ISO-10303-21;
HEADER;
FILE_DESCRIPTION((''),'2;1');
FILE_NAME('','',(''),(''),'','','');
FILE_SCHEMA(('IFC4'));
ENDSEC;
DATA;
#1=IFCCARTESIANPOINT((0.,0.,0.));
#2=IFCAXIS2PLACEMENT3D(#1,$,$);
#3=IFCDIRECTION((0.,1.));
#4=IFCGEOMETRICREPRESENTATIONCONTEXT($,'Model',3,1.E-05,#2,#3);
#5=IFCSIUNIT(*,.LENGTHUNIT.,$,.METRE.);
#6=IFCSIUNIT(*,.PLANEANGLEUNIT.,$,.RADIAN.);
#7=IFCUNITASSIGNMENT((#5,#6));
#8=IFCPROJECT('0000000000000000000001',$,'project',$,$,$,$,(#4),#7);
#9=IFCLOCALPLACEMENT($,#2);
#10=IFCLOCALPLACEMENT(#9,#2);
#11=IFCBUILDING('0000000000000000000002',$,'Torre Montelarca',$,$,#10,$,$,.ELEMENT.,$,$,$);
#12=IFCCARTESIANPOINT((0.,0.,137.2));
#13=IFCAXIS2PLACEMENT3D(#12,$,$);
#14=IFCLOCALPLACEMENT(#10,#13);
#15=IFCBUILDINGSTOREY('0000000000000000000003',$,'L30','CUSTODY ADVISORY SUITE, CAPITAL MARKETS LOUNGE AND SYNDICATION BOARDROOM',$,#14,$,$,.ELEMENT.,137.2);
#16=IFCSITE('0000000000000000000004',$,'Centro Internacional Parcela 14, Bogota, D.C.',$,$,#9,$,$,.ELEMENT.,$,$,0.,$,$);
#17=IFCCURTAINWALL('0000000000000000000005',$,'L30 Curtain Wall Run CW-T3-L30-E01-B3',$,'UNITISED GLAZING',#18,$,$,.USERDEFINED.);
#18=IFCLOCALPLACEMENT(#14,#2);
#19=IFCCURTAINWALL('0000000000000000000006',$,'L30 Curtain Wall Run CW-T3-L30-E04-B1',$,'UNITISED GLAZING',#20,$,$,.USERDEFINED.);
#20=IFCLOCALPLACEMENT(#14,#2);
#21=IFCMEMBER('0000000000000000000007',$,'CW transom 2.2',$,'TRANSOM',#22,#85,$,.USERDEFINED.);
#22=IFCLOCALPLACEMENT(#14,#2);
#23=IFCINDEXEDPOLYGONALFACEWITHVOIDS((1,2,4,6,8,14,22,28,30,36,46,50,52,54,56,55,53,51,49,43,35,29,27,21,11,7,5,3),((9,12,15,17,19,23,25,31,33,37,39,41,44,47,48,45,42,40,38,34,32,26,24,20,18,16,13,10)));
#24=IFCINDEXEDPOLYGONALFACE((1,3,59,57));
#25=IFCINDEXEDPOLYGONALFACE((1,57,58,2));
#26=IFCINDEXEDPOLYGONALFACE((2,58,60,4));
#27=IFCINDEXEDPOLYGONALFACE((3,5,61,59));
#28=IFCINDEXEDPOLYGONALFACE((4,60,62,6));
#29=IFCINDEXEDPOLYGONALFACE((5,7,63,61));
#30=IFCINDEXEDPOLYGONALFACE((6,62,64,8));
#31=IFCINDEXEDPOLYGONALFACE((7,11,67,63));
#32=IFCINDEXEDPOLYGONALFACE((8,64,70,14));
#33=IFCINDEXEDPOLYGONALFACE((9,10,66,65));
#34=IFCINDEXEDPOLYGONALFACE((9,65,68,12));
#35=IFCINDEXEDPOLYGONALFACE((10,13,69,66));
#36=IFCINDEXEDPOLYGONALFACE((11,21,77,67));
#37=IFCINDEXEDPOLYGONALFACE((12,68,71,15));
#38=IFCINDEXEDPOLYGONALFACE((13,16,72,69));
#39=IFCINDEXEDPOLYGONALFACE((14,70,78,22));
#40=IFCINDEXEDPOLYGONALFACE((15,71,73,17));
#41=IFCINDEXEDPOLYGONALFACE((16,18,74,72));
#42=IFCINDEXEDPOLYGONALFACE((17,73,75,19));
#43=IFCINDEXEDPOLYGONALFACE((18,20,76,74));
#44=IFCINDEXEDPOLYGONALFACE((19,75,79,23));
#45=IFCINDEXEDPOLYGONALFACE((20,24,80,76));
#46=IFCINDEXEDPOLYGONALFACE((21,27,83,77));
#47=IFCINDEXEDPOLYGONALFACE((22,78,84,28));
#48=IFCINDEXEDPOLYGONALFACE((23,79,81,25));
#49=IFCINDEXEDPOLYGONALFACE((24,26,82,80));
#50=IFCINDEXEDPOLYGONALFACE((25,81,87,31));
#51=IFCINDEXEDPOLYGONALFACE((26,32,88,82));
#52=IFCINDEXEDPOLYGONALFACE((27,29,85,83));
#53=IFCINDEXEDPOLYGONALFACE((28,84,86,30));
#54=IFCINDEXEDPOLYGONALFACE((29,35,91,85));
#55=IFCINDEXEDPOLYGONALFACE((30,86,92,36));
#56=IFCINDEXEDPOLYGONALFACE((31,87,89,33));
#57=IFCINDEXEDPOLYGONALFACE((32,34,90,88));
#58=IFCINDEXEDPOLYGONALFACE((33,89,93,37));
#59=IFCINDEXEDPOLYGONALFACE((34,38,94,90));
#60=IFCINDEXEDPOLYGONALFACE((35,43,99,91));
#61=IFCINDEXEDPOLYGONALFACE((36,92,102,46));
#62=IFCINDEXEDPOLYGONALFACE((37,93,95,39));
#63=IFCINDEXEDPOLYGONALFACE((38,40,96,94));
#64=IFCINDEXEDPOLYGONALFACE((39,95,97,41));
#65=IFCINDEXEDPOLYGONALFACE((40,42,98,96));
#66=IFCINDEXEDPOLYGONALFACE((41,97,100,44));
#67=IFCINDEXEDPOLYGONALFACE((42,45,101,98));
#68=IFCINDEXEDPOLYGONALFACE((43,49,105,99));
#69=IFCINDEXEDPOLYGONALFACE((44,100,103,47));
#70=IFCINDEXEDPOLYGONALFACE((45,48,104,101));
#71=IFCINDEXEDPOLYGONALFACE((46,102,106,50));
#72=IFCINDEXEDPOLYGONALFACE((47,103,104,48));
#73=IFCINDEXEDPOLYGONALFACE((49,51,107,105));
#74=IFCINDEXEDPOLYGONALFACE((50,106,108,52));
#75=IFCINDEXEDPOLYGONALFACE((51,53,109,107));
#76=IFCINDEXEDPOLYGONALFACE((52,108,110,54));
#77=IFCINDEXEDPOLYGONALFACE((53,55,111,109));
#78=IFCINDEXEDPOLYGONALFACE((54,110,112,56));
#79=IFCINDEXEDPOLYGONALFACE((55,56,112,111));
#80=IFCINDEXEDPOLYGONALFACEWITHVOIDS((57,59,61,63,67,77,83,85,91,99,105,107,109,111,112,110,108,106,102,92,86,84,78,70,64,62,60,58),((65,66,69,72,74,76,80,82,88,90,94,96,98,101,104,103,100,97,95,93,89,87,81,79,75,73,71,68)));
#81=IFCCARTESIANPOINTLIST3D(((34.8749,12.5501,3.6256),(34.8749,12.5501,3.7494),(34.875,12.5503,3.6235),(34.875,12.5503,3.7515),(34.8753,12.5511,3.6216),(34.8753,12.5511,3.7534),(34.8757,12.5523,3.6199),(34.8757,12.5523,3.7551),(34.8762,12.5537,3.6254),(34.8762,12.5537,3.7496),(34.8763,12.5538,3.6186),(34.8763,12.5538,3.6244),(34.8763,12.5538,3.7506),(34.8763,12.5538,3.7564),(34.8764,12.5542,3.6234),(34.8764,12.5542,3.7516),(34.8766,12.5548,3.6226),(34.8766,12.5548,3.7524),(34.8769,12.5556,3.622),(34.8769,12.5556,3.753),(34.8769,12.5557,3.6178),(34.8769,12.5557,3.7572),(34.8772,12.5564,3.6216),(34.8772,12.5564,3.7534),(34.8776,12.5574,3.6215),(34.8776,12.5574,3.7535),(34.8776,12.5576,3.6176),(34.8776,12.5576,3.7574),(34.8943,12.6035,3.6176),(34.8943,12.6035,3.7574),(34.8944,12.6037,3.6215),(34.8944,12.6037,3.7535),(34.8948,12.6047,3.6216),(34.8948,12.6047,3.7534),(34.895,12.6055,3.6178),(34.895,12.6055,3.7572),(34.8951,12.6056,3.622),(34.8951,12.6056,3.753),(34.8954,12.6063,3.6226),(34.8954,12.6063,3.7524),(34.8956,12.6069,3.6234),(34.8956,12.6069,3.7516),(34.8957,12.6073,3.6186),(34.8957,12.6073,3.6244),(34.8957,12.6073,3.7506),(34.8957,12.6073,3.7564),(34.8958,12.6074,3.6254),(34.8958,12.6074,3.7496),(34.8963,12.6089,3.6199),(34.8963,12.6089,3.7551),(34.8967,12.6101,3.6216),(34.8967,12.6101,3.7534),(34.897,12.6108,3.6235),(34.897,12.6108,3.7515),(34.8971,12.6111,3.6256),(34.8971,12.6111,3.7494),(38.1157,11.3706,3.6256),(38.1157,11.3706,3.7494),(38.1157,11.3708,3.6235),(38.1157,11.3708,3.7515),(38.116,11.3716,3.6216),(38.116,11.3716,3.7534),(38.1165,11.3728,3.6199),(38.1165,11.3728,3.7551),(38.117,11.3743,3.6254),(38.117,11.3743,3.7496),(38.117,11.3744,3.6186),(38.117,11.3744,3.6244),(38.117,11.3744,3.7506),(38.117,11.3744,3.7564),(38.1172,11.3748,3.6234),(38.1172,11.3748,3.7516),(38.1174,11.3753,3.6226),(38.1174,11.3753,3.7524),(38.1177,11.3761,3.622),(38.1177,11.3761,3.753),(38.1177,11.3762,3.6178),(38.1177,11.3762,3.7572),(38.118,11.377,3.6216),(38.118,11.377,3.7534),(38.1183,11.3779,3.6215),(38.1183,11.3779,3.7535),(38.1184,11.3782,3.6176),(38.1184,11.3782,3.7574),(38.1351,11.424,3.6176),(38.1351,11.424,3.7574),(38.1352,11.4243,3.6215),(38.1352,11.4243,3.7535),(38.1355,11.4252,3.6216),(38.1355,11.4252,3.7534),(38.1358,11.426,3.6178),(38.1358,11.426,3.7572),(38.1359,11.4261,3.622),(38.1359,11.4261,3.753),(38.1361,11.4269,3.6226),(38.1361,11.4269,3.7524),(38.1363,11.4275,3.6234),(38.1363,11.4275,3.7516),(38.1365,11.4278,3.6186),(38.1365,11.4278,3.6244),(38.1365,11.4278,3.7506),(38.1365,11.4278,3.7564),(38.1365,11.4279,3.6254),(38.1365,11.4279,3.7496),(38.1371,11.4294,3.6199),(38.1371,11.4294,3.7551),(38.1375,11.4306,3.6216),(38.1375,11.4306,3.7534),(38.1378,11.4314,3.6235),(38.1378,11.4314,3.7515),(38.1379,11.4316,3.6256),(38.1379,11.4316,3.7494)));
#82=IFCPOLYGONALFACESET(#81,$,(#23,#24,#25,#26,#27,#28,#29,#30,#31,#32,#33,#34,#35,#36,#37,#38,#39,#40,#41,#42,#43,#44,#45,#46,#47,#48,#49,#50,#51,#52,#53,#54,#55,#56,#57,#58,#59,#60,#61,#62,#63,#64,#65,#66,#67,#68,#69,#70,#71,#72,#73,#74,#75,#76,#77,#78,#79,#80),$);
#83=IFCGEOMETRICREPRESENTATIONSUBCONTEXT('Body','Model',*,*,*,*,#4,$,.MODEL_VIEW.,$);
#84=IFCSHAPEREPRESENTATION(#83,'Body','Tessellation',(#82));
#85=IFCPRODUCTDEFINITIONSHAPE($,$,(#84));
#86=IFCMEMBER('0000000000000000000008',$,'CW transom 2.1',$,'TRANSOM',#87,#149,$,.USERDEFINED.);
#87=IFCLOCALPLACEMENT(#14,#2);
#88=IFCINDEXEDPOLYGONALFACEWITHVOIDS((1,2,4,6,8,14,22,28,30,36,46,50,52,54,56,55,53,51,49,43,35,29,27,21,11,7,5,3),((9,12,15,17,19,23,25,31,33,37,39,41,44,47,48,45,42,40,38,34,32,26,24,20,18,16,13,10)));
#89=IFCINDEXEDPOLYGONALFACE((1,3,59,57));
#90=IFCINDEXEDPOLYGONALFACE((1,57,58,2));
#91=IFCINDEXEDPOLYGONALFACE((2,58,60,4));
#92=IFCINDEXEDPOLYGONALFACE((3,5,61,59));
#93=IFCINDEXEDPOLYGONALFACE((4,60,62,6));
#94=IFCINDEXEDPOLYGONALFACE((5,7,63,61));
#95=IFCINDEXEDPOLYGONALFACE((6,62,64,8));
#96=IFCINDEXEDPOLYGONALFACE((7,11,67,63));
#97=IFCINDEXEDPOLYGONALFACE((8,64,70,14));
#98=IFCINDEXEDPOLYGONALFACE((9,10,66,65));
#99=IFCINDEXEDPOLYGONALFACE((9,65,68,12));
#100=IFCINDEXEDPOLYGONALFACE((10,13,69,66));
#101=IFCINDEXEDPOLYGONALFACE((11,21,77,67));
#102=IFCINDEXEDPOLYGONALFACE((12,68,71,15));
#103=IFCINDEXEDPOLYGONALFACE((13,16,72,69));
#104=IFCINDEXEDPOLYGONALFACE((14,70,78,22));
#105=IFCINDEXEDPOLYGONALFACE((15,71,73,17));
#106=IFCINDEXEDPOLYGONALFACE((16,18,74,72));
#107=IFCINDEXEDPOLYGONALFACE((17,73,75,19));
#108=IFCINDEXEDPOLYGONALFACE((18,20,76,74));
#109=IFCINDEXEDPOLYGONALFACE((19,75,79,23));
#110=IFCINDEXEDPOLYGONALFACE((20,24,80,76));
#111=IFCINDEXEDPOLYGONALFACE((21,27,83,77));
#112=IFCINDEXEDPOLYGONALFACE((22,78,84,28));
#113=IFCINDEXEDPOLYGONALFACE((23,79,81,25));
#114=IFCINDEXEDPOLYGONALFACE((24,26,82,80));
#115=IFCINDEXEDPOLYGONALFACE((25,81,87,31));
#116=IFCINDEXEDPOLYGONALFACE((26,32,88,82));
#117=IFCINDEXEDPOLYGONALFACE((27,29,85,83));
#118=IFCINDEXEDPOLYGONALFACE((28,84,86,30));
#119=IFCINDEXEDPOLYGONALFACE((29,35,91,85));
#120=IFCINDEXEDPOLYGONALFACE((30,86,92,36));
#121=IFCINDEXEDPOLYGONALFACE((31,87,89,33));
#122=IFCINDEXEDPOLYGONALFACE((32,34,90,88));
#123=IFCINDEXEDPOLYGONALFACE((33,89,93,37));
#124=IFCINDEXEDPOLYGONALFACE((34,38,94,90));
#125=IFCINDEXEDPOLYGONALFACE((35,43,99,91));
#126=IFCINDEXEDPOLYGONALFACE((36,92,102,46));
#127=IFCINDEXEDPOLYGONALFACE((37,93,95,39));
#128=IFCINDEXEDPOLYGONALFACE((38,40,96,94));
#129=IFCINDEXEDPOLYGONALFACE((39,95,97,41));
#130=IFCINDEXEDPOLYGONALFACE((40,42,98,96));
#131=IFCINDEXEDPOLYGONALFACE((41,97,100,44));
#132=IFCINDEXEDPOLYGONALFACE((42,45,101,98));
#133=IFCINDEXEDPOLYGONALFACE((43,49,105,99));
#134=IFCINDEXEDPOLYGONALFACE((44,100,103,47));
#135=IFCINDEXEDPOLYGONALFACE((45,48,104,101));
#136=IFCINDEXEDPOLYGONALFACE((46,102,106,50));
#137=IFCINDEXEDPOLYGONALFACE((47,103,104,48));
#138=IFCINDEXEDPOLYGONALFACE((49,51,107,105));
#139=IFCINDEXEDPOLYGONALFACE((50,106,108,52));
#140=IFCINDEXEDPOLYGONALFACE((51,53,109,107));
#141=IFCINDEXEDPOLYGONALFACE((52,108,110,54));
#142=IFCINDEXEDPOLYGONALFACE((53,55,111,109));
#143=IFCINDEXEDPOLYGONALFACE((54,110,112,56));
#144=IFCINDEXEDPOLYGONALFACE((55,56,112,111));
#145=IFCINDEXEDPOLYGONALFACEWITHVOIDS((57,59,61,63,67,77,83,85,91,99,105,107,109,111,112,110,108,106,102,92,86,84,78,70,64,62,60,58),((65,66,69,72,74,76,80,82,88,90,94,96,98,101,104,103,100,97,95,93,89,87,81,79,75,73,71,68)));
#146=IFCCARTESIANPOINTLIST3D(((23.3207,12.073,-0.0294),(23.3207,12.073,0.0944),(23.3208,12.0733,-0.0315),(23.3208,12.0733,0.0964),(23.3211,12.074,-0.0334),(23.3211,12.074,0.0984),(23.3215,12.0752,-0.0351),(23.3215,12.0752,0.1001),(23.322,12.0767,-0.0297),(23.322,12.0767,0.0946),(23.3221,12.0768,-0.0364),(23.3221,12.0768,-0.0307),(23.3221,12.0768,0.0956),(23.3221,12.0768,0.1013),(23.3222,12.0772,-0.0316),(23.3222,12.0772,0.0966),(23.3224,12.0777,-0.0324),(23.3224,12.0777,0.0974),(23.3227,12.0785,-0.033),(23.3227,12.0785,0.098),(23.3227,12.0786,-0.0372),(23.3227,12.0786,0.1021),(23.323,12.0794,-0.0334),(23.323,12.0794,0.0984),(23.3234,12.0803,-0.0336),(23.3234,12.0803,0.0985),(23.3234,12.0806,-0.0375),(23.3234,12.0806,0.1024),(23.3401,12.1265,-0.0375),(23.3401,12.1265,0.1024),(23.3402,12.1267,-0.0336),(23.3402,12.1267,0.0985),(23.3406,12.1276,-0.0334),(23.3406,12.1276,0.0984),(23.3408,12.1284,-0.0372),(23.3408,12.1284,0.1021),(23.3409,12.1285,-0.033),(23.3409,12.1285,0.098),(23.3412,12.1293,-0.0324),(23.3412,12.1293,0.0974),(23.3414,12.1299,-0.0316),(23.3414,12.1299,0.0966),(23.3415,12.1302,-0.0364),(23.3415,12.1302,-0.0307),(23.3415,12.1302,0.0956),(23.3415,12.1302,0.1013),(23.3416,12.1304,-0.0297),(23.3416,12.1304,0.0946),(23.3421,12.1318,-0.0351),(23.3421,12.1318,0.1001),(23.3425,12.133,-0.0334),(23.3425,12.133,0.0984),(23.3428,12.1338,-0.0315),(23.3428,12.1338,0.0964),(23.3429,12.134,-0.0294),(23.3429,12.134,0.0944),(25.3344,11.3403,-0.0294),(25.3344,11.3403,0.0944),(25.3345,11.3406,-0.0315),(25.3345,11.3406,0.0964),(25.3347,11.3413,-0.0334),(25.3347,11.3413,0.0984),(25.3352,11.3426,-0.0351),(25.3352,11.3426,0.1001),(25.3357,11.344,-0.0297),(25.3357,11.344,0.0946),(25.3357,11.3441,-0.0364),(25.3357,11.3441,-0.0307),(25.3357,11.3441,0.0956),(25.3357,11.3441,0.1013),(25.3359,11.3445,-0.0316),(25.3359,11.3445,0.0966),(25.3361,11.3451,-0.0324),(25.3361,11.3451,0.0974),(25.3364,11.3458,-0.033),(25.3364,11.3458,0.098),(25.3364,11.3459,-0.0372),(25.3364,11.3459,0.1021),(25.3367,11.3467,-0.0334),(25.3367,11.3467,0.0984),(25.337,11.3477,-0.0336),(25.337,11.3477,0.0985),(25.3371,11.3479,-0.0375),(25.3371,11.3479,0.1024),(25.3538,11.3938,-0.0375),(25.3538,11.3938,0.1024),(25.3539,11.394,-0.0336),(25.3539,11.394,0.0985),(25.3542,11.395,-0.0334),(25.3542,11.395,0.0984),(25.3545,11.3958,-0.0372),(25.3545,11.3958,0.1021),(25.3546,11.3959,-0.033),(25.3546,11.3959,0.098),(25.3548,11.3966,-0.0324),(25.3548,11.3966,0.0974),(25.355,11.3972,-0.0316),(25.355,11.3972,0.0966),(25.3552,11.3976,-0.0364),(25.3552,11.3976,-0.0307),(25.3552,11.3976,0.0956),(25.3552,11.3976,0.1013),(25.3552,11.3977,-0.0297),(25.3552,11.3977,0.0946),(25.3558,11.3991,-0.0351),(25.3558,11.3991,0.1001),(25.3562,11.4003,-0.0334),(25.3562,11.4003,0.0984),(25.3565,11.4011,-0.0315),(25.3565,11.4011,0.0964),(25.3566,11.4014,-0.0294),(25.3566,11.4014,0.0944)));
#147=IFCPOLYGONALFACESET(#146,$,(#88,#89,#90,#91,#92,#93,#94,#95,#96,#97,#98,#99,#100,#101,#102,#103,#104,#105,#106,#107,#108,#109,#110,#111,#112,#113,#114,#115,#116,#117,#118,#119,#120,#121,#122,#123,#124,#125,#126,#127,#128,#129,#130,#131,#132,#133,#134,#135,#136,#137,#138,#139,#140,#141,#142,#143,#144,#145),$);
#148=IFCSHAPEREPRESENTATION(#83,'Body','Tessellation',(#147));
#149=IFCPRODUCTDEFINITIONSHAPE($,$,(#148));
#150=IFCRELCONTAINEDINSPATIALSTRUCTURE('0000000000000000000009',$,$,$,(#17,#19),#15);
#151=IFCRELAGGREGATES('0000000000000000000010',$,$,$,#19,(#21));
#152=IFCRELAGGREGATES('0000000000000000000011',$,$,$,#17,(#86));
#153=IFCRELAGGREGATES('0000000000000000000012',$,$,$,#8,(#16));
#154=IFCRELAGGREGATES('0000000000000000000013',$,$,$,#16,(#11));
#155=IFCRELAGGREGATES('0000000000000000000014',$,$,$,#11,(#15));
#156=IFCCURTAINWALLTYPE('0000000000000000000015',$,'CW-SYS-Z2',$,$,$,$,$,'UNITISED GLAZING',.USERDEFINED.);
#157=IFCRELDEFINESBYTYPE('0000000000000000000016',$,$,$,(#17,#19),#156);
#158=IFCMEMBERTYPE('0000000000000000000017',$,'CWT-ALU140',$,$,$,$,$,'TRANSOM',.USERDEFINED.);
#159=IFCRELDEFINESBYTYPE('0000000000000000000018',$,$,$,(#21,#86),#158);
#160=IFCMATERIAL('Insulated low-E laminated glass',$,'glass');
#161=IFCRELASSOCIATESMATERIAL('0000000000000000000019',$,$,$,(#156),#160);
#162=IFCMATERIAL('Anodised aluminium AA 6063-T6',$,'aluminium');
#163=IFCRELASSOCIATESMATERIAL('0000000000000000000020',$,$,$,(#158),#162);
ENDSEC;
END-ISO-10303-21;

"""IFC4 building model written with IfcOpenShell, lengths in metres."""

from ifc_helpers import new_model, si_unit, direction, frame, origin, origin_2d, place, context, subcontext, project, spatial, hollow_rectangle, extrude, source, transform, mapped, material, material_profile, profile_set, type_object, element, aggregate, save


model = new_model("IFC4")

# Units and contexts
model_context = context("Model", 3, precision=1e-05, world=origin(), true_north=direction((0.0, 1.0)))
body_context = subcontext(model_context, "Body", "Model", "MODEL_VIEW")
ifc_project = project(units=[si_unit("LENGTHUNIT", "METRE"), si_unit("PLANEANGLEUNIT", "RADIAN")], contexts=[model_context])

# Site, building, storey
site_placement = place(None, origin())
site = spatial("IfcSite", under=ifc_project, at=site_placement, Name="Centro Internacional Parcela 14, Bogota, D.C.", CompositionType="ELEMENT", RefElevation=0.0)
building_placement = place(site_placement, origin())
building = spatial("IfcBuilding", under=site, at=building_placement, Name="Torre Montelarca", CompositionType="ELEMENT")
storey_placement = place(building_placement, frame((0.0, 0.0, 137.2)))
storey = spatial("IfcBuildingStorey", under=building, at=storey_placement, Name="L30", Description="CUSTODY ADVISORY SUITE, CAPITAL MARKETS LOUNGE AND SYNDICATION BOARDROOM", CompositionType="ELEMENT", Elevation=137.2)

# Shared definitions
ifc_material_1 = material(Name="Insulated low-E laminated glass", Category="glass")
curtain_wall_type = type_object("IfcCurtainWallType", Name="CW-SYS-Z2", ElementType="UNITISED GLAZING", PredefinedType="USERDEFINED", material=ifc_material_1)
ifc_material_2 = material(Name="Anodised aluminium AA 6063-T6", Category="aluminium")
ifc_material_profile_1 = material_profile(ifc_material_2, hollow_rectangle(XDim=0.0649, YDim=0.1399, WallThickness=0.0039, InnerFilletRadius=0.0039, OuterFilletRadius=0.0081, at=origin_2d()), Name="ALU65X140X4", Category="aluminium")
ifc_profile_set_1 = profile_set([ifc_material_profile_1], Name="Anodised aluminium AA 6063-T6")
member_type_1 = type_object("IfcMemberType", Name="CWT-ALU140", ElementType="TRANSOM", PredefinedType="USERDEFINED", material=ifc_profile_set_1)

# Curtain wall
curtain_wall_1_placement = place(storey_placement, origin())
curtain_wall_1 = element("IfcCurtainWall", 1, at=curtain_wall_1_placement, inside=storey, type_object=curtain_wall_type, Name="L30 Curtain Wall Run CW-T3-L30-E01-B3", ObjectType="UNITISED GLAZING", PredefinedType="USERDEFINED")

# Curtain wall, member
curtain_wall_2_placement = place(storey_placement, origin())
curtain_wall_2 = element("IfcCurtainWall", 2, at=curtain_wall_2_placement, inside=storey, type_object=curtain_wall_type, Name="L30 Curtain Wall Run CW-T3-L30-E04-B1", ObjectType="UNITISED GLAZING", PredefinedType="USERDEFINED")
shared_shape_1 = source(origin(), body_context, "Body", "SweptSolid", [
    extrude(hollow_rectangle(XDim=0.0649, YDim=0.1399, WallThickness=0.0039, InnerFilletRadius=0.0039, OuterFilletRadius=0.0081, at=origin_2d()), origin(), (0.0, 0.0, 1.0), 3.4487),
])
member_1_placement = place(storey_placement, frame((34.886, 12.5806, 3.6875), z_axis=(0.9397, -0.341999, 0.0), x_axis=(0.341999, 0.9397, 0.0)))
member_1 = element("IfcMember", 3, at=member_1_placement, type_object=member_type_1, Name="CW transom 2.2", ObjectType="TRANSOM", PredefinedType="USERDEFINED", context=body_context, shape_type="MappedRepresentation", body=[
    mapped(shared_shape_1, transform((0.0, 0.0, 0.0), scale=1.0)),
])

# Member
shared_shape_2 = source(origin(), body_context, "Body", "SweptSolid", [
    extrude(hollow_rectangle(XDim=0.0649, YDim=0.1399, WallThickness=0.0039, InnerFilletRadius=0.0039, OuterFilletRadius=0.0081, at=origin_2d()), origin(), (0.0, 0.0, 1.0), 2.1428),
])
member_2_placement = place(storey_placement, frame((23.3318, 12.1035, 0.0325), z_axis=(0.93973, -0.341917, 0.0), x_axis=(0.341917, 0.93973, 0.0)))
member_2 = element("IfcMember", 4, at=member_2_placement, type_object=member_type_1, Name="CW transom 2.1", ObjectType="TRANSOM", PredefinedType="USERDEFINED", context=body_context, shape_type="MappedRepresentation", body=[
    mapped(shared_shape_2, transform((0.0, 0.0, 0.0), scale=1.0)),
])

aggregate(curtain_wall_2, [member_1])
aggregate(curtain_wall_1, [member_2])

save(model, "model.ifc")
